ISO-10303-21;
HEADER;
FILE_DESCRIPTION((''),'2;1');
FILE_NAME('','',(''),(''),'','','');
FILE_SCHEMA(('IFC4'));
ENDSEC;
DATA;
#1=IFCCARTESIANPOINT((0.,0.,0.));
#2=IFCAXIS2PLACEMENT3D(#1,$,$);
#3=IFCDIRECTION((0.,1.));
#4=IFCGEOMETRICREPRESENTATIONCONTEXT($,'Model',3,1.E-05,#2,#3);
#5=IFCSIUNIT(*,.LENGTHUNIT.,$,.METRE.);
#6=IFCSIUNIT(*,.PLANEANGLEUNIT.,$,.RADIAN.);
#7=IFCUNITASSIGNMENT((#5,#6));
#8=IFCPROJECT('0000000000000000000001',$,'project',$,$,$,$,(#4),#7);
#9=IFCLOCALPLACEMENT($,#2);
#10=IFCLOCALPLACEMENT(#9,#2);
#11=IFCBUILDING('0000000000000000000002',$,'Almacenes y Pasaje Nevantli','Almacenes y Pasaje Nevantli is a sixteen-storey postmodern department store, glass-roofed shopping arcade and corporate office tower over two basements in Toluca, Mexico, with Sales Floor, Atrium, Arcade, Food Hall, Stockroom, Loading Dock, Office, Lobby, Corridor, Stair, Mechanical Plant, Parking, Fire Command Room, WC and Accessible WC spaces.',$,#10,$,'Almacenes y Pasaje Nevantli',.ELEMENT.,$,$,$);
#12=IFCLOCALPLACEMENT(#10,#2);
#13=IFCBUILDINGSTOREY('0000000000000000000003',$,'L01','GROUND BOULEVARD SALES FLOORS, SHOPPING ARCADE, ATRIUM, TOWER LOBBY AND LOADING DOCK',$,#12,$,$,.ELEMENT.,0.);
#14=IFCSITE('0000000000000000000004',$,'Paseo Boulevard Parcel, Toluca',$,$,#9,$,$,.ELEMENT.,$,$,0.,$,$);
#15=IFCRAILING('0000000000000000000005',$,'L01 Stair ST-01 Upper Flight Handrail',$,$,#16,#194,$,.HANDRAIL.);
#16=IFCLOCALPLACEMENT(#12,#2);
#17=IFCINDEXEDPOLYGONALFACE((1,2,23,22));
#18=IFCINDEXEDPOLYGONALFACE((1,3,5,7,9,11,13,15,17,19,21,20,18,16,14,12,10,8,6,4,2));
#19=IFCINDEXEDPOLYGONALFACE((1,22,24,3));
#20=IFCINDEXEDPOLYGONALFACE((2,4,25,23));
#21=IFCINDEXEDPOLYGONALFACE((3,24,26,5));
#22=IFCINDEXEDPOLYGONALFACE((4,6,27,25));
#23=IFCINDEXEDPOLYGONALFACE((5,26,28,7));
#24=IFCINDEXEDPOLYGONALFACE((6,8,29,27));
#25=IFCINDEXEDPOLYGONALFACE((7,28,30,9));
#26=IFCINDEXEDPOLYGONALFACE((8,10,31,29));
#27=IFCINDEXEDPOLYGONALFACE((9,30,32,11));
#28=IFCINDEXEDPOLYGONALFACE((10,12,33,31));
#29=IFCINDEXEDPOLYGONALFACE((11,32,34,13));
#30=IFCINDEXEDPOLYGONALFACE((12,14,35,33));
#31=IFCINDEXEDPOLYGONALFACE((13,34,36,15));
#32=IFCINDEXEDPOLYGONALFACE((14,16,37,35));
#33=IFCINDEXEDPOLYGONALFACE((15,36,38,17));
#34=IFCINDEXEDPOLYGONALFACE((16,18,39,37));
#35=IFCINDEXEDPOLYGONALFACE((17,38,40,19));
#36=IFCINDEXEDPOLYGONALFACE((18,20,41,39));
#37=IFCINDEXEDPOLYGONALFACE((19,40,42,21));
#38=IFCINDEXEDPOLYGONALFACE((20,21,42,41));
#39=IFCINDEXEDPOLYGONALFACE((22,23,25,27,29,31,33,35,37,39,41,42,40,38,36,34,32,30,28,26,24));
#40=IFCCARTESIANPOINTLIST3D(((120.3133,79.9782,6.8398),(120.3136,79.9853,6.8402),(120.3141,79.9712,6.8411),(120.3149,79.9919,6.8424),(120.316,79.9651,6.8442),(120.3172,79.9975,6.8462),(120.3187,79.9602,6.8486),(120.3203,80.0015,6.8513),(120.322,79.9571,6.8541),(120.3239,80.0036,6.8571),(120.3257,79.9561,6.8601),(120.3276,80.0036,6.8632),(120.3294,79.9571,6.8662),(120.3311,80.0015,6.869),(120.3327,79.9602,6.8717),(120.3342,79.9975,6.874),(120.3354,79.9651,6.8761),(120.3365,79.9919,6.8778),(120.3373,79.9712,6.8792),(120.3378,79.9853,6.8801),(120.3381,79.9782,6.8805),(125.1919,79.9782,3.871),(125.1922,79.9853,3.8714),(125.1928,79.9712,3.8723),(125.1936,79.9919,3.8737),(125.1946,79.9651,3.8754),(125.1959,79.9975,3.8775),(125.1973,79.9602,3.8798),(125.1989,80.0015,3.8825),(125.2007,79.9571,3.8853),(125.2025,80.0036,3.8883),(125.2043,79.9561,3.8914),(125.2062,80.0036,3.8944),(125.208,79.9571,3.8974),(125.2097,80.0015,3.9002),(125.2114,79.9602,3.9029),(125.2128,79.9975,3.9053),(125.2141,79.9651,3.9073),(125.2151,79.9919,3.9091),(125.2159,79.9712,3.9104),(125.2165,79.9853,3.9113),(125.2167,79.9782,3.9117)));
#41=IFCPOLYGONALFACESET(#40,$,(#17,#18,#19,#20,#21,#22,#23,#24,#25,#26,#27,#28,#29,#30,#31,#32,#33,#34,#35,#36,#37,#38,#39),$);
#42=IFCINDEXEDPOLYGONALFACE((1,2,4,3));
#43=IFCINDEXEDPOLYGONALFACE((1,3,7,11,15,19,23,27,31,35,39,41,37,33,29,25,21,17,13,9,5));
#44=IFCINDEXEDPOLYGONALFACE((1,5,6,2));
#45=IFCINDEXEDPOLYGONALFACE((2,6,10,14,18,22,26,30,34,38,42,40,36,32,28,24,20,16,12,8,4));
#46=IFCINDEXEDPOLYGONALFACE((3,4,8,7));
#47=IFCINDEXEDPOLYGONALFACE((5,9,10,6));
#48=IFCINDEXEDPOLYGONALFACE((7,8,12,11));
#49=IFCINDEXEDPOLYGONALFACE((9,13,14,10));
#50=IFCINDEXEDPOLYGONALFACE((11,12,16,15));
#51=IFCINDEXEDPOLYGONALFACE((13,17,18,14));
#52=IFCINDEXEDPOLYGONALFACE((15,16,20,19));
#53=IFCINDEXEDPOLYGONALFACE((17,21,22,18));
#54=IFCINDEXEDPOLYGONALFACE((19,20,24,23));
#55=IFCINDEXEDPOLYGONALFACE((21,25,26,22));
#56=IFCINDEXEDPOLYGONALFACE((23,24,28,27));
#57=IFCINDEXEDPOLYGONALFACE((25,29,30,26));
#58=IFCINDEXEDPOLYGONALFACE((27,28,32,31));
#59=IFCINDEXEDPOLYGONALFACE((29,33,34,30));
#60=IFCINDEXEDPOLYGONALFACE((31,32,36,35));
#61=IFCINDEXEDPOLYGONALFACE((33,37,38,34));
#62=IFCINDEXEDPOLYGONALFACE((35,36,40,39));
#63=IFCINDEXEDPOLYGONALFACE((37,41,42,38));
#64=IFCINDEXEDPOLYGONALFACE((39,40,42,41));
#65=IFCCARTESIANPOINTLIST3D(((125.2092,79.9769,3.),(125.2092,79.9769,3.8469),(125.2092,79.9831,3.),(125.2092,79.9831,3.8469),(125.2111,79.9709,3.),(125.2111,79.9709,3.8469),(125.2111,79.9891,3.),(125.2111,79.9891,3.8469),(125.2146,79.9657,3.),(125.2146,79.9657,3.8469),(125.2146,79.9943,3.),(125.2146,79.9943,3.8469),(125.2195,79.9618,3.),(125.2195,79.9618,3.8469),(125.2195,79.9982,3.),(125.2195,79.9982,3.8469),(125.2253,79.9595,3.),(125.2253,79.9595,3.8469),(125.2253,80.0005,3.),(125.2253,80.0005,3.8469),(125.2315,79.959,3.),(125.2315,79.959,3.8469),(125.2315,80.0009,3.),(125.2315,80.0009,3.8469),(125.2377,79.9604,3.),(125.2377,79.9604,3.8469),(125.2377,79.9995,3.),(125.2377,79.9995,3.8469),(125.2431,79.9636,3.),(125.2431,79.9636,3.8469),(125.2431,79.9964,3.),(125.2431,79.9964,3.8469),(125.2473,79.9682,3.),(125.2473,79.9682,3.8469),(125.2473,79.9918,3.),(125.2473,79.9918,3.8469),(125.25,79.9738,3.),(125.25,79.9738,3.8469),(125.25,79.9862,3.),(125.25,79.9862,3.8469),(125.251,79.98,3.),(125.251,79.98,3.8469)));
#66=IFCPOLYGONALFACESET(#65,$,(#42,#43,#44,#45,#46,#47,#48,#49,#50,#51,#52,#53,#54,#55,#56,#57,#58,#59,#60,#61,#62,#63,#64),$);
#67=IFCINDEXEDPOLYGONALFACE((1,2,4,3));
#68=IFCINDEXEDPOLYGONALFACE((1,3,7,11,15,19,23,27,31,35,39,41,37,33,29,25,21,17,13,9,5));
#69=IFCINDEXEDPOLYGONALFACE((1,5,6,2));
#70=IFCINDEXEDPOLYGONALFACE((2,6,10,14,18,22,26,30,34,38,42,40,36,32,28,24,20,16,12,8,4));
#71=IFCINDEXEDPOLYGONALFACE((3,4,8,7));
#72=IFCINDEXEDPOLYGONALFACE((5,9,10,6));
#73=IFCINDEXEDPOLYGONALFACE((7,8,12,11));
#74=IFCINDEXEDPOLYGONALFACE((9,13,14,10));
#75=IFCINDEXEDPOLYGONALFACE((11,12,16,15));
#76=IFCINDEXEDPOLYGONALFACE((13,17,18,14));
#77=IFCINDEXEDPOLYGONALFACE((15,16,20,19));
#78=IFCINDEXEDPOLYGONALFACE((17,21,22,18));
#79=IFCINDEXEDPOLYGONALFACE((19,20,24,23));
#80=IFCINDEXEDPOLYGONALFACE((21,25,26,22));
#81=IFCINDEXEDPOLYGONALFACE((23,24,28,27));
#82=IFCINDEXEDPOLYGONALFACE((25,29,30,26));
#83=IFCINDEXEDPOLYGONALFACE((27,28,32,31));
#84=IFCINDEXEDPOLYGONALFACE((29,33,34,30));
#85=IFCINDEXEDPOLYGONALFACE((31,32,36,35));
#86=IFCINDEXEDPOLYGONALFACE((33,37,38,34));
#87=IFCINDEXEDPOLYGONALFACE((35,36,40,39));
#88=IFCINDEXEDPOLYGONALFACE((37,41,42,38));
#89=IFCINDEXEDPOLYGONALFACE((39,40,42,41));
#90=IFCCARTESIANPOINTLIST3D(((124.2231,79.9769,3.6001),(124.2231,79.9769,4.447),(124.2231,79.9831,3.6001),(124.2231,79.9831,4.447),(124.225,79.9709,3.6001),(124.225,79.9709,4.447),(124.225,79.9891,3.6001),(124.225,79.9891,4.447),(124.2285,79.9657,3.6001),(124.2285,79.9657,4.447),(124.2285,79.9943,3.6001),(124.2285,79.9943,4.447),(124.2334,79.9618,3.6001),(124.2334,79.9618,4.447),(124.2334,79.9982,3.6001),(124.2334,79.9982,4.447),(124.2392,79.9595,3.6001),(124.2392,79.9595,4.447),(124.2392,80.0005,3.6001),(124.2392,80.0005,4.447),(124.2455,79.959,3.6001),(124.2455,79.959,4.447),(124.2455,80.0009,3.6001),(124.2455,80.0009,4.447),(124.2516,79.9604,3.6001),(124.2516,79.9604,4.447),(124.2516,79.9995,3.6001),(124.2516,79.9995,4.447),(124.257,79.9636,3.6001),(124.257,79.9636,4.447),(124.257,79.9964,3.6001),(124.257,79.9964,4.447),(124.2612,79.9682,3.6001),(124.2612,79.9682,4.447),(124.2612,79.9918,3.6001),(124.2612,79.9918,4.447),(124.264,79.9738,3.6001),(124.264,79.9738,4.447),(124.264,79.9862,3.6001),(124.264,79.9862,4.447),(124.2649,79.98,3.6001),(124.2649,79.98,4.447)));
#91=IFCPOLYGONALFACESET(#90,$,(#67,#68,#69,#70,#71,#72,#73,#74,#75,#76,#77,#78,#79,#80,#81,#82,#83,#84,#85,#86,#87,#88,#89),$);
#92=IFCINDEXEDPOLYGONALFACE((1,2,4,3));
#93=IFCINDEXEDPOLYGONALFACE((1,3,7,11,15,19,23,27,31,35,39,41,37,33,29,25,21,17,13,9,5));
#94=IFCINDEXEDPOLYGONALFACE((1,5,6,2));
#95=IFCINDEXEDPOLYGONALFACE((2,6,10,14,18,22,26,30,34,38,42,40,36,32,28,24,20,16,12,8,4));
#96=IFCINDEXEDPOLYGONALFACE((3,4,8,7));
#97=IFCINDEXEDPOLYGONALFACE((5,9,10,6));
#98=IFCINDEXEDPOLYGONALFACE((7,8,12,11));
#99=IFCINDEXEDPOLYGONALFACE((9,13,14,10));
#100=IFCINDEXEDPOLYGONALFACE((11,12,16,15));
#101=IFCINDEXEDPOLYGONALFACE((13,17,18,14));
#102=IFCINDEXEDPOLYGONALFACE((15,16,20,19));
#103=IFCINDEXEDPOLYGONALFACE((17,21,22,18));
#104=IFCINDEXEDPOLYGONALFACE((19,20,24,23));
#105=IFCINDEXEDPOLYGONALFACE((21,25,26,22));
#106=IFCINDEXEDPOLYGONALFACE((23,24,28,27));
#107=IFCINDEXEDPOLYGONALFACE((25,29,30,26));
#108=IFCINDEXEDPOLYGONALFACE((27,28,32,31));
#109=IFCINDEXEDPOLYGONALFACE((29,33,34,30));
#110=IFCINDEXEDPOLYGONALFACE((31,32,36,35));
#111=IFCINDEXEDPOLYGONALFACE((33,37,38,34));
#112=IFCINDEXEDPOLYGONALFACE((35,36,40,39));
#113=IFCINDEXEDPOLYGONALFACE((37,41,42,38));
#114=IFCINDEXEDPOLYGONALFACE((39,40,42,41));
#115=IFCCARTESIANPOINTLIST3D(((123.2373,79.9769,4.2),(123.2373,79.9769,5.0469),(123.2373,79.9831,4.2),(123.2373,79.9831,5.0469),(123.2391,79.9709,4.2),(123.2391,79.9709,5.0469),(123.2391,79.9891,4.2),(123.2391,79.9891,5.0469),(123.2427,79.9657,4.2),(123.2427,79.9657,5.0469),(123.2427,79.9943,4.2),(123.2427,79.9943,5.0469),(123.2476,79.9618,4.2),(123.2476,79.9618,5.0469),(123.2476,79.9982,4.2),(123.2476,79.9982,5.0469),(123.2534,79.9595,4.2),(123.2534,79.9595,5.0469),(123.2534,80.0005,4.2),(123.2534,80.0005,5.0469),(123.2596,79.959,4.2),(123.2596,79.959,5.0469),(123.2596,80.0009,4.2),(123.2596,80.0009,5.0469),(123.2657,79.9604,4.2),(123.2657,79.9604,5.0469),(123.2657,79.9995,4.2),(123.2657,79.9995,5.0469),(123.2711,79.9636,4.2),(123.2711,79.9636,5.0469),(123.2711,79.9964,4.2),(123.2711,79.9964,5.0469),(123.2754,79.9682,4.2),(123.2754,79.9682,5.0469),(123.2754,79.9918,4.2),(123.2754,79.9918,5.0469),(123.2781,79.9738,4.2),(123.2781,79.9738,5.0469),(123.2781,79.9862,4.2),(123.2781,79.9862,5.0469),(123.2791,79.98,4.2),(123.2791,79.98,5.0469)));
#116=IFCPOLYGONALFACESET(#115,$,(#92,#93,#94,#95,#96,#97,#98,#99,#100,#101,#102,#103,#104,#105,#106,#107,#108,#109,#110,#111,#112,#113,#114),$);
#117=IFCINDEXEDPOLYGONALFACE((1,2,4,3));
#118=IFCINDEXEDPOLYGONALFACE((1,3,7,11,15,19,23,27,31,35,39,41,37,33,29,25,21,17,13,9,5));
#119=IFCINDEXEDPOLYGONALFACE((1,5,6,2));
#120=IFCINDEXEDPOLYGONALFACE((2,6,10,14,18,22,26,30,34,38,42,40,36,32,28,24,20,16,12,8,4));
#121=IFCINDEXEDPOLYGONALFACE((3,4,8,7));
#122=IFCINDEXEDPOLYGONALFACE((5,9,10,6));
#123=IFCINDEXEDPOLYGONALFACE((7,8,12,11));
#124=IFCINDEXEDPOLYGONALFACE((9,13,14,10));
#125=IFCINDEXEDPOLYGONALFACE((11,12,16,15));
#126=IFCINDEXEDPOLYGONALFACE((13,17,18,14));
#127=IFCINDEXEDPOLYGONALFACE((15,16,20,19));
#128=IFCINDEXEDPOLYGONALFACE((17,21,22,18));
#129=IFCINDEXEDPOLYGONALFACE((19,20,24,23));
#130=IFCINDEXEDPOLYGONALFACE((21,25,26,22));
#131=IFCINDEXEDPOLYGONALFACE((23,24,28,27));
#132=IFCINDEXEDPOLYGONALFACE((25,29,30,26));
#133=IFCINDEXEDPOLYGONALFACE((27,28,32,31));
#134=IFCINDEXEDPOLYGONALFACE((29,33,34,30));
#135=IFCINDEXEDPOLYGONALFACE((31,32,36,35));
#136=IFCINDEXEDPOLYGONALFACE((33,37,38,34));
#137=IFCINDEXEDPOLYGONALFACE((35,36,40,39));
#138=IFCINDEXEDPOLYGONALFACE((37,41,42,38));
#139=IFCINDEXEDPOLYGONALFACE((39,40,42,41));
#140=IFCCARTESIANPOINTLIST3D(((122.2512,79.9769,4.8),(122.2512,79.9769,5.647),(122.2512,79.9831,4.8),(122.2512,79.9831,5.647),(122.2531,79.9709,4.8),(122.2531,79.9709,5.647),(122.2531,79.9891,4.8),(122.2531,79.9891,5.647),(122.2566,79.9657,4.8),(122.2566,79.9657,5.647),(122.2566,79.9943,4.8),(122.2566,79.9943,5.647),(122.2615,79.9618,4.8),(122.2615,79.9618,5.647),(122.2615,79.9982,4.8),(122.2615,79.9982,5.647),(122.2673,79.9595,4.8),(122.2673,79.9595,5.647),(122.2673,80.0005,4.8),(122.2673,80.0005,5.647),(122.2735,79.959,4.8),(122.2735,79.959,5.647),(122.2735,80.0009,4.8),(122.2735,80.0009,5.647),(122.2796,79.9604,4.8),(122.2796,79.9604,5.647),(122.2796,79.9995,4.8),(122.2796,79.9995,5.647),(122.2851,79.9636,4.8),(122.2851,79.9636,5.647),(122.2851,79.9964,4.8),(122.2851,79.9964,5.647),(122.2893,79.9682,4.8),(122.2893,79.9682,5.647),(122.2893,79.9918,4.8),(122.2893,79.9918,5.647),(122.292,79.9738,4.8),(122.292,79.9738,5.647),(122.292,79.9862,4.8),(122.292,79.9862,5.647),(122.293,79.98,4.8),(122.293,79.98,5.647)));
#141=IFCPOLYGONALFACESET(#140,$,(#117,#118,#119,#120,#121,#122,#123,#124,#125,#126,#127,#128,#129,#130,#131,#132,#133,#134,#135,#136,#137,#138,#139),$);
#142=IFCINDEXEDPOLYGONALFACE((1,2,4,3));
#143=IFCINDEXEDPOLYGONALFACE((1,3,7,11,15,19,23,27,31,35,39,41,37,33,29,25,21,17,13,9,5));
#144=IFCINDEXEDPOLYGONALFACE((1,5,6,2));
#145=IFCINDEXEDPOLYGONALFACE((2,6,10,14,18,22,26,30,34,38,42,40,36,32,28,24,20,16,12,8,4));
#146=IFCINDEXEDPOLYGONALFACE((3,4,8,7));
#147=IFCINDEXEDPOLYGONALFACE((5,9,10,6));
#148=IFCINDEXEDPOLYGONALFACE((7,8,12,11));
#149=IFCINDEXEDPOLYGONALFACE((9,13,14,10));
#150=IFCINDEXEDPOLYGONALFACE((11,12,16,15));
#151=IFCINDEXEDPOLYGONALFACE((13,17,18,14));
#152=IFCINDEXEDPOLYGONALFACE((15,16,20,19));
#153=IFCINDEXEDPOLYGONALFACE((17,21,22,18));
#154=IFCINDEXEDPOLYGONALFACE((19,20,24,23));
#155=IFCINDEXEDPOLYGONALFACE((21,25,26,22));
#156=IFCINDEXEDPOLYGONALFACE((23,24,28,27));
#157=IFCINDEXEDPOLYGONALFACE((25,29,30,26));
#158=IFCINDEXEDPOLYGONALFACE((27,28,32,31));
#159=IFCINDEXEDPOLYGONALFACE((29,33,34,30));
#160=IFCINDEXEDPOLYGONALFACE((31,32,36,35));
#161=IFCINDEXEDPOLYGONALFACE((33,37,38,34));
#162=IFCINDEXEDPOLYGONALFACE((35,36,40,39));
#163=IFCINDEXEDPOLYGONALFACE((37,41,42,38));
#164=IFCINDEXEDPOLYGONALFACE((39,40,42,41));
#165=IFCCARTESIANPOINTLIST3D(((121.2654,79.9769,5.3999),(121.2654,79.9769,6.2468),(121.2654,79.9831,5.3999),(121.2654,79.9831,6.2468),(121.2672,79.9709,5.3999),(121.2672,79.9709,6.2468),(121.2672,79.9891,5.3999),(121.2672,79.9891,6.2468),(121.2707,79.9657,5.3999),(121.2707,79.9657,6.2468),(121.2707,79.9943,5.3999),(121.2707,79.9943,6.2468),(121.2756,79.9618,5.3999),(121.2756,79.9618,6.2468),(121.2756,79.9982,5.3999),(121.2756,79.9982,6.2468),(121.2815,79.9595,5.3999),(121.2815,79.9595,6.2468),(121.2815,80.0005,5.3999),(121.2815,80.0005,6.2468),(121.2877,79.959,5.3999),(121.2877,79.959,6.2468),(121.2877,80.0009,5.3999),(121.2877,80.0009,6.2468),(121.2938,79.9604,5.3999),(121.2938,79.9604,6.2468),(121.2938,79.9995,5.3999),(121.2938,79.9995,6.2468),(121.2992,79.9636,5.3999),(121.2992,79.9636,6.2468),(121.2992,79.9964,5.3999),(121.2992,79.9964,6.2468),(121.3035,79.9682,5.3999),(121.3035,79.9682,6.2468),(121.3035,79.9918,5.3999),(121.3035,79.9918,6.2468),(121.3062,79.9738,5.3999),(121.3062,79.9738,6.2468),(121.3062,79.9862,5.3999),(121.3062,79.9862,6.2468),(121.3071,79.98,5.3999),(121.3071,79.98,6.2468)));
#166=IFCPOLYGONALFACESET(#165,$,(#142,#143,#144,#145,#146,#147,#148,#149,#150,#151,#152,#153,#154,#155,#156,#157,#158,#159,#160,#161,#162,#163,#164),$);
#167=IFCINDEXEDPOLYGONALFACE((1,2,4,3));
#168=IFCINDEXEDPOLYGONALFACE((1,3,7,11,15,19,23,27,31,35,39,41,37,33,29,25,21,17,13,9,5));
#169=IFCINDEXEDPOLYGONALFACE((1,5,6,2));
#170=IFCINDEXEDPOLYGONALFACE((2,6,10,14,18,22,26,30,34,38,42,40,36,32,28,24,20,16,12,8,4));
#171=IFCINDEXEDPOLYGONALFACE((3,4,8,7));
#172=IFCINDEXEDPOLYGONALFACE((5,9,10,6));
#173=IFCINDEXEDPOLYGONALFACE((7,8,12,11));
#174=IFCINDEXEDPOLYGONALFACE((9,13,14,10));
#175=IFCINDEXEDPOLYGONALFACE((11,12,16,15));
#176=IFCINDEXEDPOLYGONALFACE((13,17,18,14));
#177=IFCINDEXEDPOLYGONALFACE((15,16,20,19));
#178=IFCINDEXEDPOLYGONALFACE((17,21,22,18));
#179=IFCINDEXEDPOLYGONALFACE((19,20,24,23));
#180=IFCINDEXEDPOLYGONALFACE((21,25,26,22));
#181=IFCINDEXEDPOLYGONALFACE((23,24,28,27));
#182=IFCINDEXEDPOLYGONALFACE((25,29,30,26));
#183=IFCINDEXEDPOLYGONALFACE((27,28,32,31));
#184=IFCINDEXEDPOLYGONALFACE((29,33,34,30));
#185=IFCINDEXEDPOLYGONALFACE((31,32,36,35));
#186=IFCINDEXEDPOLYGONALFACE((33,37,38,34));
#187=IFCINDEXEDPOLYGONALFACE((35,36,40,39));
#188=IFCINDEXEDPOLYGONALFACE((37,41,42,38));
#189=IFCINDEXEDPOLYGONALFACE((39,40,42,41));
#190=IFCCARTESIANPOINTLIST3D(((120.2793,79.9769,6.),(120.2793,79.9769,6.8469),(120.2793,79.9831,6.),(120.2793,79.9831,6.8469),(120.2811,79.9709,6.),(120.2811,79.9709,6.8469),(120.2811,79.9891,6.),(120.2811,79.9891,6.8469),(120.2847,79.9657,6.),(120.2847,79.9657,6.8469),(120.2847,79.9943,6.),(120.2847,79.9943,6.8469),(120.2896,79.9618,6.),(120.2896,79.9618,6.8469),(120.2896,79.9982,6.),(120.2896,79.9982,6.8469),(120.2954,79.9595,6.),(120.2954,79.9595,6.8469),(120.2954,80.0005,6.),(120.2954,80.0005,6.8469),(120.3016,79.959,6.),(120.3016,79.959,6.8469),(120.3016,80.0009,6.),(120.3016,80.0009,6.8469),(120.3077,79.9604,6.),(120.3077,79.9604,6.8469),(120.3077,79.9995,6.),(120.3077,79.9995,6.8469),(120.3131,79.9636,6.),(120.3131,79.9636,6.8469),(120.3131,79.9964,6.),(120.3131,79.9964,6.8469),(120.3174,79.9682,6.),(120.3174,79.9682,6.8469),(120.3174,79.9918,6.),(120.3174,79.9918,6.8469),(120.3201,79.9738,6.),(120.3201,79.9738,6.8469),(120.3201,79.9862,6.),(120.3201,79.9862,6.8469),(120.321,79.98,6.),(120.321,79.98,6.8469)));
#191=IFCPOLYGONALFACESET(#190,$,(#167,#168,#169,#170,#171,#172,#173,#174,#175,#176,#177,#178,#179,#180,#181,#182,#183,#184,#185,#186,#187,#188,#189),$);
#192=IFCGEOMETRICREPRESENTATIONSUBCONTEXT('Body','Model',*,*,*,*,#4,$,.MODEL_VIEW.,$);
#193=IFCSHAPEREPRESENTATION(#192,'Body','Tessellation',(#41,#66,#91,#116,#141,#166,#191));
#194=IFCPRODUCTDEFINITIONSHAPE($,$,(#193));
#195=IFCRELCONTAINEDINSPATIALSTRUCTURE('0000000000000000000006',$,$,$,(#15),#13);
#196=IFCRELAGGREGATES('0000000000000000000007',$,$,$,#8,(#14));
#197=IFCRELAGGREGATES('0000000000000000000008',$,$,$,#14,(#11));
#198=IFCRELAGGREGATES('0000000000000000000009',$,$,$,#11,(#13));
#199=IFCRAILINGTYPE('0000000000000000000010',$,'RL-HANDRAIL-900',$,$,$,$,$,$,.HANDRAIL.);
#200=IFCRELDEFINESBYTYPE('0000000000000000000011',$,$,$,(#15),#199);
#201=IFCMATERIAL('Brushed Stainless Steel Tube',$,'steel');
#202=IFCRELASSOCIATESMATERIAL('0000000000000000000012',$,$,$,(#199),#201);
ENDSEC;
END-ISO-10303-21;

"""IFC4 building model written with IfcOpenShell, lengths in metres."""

from ifc_helpers import new_model, si_unit, direction, frame, origin, origin_2d, place, context, subcontext, project, spatial, circle, extrude, material, type_object, element, save


model = new_model("IFC4")

# Units and contexts
model_context = context("Model", 3, precision=1e-05, world=origin(), true_north=direction((0.0, 1.0)))
body_context = subcontext(model_context, "Body", "Model", "MODEL_VIEW")
ifc_project = project(units=[si_unit("LENGTHUNIT", "METRE"), si_unit("PLANEANGLEUNIT", "RADIAN")], contexts=[model_context])

# Site, building, storey
site_placement = place(None, origin())
site = spatial("IfcSite", under=ifc_project, at=site_placement, Name="Paseo Boulevard Parcel, Toluca", CompositionType="ELEMENT", RefElevation=0.0)
building_placement = place(site_placement, origin())
building = spatial("IfcBuilding", under=site, at=building_placement, Name="Almacenes y Pasaje Nevantli", Description="Almacenes y Pasaje Nevantli is a sixteen-storey postmodern department store, glass-roofed shopping arcade and corporate office tower over two basements in Toluca, Mexico, with Sales Floor, Atrium, Arcade, Food Hall, Stockroom, Loading Dock, Office, Lobby, Corridor, Stair, Mechanical Plant, Parking, Fire Command Room, WC and Accessible WC spaces.", LongName="Almacenes y Pasaje Nevantli", CompositionType="ELEMENT")
storey_placement = place(building_placement, origin())
storey = spatial("IfcBuildingStorey", under=building, at=storey_placement, Name="L01", Description="GROUND BOULEVARD SALES FLOORS, SHOPPING ARCADE, ATRIUM, TOWER LOBBY AND LOADING DOCK", CompositionType="ELEMENT", Elevation=0.0)

# Railing
ifc_material_1 = material(Name="Brushed Stainless Steel Tube", Category="steel")
railing_type_1 = type_object("IfcRailingType", Name="RL-HANDRAIL-900", PredefinedType="HANDRAIL", material=ifc_material_1)
railing_1_placement = place(storey_placement, frame((125.23, 79.98, 3.0)))
element("IfcRailing", 1, at=railing_1_placement, inside=storey, type_object=railing_type_1, Name="L01 Stair ST-01 Upper Flight Handrail", PredefinedType="HANDRAIL", context=body_context, shape_type="SweptSolid", body=[
    extrude(circle(Radius=0.0239, at=origin_2d()), frame((-0.0256, 0.0, 0.8914), z_axis=(-0.854262, 0.0, 0.519842), x_axis=(0.0, -1.0, 0.0)), (0.0, 0.0, 1.0), 5.7109),
    extrude(circle(Radius=0.021, at=origin_2d()), origin(), (0.0, 0.0, 1.0), 0.8469),
    extrude(circle(Radius=0.021, at=origin_2d()), frame((-0.9861, 0.0, 0.6001)), (0.0, 0.0, 1.0), 0.8469),
    extrude(circle(Radius=0.021, at=origin_2d()), frame((-1.9719, 0.0, 1.2)), (0.0, 0.0, 1.0), 0.8469),
    extrude(circle(Radius=0.021, at=origin_2d()), frame((-2.958, 0.0, 1.8)), (0.0, 0.0, 1.0), 0.8469),
    extrude(circle(Radius=0.021, at=origin_2d()), frame((-3.9438, 0.0, 2.3999)), (0.0, 0.0, 1.0), 0.8469),
    extrude(circle(Radius=0.021, at=origin_2d()), frame((-4.9299, 0.0, 3.0)), (0.0, 0.0, 1.0), 0.8469),
])

save(model, "model.ifc")
